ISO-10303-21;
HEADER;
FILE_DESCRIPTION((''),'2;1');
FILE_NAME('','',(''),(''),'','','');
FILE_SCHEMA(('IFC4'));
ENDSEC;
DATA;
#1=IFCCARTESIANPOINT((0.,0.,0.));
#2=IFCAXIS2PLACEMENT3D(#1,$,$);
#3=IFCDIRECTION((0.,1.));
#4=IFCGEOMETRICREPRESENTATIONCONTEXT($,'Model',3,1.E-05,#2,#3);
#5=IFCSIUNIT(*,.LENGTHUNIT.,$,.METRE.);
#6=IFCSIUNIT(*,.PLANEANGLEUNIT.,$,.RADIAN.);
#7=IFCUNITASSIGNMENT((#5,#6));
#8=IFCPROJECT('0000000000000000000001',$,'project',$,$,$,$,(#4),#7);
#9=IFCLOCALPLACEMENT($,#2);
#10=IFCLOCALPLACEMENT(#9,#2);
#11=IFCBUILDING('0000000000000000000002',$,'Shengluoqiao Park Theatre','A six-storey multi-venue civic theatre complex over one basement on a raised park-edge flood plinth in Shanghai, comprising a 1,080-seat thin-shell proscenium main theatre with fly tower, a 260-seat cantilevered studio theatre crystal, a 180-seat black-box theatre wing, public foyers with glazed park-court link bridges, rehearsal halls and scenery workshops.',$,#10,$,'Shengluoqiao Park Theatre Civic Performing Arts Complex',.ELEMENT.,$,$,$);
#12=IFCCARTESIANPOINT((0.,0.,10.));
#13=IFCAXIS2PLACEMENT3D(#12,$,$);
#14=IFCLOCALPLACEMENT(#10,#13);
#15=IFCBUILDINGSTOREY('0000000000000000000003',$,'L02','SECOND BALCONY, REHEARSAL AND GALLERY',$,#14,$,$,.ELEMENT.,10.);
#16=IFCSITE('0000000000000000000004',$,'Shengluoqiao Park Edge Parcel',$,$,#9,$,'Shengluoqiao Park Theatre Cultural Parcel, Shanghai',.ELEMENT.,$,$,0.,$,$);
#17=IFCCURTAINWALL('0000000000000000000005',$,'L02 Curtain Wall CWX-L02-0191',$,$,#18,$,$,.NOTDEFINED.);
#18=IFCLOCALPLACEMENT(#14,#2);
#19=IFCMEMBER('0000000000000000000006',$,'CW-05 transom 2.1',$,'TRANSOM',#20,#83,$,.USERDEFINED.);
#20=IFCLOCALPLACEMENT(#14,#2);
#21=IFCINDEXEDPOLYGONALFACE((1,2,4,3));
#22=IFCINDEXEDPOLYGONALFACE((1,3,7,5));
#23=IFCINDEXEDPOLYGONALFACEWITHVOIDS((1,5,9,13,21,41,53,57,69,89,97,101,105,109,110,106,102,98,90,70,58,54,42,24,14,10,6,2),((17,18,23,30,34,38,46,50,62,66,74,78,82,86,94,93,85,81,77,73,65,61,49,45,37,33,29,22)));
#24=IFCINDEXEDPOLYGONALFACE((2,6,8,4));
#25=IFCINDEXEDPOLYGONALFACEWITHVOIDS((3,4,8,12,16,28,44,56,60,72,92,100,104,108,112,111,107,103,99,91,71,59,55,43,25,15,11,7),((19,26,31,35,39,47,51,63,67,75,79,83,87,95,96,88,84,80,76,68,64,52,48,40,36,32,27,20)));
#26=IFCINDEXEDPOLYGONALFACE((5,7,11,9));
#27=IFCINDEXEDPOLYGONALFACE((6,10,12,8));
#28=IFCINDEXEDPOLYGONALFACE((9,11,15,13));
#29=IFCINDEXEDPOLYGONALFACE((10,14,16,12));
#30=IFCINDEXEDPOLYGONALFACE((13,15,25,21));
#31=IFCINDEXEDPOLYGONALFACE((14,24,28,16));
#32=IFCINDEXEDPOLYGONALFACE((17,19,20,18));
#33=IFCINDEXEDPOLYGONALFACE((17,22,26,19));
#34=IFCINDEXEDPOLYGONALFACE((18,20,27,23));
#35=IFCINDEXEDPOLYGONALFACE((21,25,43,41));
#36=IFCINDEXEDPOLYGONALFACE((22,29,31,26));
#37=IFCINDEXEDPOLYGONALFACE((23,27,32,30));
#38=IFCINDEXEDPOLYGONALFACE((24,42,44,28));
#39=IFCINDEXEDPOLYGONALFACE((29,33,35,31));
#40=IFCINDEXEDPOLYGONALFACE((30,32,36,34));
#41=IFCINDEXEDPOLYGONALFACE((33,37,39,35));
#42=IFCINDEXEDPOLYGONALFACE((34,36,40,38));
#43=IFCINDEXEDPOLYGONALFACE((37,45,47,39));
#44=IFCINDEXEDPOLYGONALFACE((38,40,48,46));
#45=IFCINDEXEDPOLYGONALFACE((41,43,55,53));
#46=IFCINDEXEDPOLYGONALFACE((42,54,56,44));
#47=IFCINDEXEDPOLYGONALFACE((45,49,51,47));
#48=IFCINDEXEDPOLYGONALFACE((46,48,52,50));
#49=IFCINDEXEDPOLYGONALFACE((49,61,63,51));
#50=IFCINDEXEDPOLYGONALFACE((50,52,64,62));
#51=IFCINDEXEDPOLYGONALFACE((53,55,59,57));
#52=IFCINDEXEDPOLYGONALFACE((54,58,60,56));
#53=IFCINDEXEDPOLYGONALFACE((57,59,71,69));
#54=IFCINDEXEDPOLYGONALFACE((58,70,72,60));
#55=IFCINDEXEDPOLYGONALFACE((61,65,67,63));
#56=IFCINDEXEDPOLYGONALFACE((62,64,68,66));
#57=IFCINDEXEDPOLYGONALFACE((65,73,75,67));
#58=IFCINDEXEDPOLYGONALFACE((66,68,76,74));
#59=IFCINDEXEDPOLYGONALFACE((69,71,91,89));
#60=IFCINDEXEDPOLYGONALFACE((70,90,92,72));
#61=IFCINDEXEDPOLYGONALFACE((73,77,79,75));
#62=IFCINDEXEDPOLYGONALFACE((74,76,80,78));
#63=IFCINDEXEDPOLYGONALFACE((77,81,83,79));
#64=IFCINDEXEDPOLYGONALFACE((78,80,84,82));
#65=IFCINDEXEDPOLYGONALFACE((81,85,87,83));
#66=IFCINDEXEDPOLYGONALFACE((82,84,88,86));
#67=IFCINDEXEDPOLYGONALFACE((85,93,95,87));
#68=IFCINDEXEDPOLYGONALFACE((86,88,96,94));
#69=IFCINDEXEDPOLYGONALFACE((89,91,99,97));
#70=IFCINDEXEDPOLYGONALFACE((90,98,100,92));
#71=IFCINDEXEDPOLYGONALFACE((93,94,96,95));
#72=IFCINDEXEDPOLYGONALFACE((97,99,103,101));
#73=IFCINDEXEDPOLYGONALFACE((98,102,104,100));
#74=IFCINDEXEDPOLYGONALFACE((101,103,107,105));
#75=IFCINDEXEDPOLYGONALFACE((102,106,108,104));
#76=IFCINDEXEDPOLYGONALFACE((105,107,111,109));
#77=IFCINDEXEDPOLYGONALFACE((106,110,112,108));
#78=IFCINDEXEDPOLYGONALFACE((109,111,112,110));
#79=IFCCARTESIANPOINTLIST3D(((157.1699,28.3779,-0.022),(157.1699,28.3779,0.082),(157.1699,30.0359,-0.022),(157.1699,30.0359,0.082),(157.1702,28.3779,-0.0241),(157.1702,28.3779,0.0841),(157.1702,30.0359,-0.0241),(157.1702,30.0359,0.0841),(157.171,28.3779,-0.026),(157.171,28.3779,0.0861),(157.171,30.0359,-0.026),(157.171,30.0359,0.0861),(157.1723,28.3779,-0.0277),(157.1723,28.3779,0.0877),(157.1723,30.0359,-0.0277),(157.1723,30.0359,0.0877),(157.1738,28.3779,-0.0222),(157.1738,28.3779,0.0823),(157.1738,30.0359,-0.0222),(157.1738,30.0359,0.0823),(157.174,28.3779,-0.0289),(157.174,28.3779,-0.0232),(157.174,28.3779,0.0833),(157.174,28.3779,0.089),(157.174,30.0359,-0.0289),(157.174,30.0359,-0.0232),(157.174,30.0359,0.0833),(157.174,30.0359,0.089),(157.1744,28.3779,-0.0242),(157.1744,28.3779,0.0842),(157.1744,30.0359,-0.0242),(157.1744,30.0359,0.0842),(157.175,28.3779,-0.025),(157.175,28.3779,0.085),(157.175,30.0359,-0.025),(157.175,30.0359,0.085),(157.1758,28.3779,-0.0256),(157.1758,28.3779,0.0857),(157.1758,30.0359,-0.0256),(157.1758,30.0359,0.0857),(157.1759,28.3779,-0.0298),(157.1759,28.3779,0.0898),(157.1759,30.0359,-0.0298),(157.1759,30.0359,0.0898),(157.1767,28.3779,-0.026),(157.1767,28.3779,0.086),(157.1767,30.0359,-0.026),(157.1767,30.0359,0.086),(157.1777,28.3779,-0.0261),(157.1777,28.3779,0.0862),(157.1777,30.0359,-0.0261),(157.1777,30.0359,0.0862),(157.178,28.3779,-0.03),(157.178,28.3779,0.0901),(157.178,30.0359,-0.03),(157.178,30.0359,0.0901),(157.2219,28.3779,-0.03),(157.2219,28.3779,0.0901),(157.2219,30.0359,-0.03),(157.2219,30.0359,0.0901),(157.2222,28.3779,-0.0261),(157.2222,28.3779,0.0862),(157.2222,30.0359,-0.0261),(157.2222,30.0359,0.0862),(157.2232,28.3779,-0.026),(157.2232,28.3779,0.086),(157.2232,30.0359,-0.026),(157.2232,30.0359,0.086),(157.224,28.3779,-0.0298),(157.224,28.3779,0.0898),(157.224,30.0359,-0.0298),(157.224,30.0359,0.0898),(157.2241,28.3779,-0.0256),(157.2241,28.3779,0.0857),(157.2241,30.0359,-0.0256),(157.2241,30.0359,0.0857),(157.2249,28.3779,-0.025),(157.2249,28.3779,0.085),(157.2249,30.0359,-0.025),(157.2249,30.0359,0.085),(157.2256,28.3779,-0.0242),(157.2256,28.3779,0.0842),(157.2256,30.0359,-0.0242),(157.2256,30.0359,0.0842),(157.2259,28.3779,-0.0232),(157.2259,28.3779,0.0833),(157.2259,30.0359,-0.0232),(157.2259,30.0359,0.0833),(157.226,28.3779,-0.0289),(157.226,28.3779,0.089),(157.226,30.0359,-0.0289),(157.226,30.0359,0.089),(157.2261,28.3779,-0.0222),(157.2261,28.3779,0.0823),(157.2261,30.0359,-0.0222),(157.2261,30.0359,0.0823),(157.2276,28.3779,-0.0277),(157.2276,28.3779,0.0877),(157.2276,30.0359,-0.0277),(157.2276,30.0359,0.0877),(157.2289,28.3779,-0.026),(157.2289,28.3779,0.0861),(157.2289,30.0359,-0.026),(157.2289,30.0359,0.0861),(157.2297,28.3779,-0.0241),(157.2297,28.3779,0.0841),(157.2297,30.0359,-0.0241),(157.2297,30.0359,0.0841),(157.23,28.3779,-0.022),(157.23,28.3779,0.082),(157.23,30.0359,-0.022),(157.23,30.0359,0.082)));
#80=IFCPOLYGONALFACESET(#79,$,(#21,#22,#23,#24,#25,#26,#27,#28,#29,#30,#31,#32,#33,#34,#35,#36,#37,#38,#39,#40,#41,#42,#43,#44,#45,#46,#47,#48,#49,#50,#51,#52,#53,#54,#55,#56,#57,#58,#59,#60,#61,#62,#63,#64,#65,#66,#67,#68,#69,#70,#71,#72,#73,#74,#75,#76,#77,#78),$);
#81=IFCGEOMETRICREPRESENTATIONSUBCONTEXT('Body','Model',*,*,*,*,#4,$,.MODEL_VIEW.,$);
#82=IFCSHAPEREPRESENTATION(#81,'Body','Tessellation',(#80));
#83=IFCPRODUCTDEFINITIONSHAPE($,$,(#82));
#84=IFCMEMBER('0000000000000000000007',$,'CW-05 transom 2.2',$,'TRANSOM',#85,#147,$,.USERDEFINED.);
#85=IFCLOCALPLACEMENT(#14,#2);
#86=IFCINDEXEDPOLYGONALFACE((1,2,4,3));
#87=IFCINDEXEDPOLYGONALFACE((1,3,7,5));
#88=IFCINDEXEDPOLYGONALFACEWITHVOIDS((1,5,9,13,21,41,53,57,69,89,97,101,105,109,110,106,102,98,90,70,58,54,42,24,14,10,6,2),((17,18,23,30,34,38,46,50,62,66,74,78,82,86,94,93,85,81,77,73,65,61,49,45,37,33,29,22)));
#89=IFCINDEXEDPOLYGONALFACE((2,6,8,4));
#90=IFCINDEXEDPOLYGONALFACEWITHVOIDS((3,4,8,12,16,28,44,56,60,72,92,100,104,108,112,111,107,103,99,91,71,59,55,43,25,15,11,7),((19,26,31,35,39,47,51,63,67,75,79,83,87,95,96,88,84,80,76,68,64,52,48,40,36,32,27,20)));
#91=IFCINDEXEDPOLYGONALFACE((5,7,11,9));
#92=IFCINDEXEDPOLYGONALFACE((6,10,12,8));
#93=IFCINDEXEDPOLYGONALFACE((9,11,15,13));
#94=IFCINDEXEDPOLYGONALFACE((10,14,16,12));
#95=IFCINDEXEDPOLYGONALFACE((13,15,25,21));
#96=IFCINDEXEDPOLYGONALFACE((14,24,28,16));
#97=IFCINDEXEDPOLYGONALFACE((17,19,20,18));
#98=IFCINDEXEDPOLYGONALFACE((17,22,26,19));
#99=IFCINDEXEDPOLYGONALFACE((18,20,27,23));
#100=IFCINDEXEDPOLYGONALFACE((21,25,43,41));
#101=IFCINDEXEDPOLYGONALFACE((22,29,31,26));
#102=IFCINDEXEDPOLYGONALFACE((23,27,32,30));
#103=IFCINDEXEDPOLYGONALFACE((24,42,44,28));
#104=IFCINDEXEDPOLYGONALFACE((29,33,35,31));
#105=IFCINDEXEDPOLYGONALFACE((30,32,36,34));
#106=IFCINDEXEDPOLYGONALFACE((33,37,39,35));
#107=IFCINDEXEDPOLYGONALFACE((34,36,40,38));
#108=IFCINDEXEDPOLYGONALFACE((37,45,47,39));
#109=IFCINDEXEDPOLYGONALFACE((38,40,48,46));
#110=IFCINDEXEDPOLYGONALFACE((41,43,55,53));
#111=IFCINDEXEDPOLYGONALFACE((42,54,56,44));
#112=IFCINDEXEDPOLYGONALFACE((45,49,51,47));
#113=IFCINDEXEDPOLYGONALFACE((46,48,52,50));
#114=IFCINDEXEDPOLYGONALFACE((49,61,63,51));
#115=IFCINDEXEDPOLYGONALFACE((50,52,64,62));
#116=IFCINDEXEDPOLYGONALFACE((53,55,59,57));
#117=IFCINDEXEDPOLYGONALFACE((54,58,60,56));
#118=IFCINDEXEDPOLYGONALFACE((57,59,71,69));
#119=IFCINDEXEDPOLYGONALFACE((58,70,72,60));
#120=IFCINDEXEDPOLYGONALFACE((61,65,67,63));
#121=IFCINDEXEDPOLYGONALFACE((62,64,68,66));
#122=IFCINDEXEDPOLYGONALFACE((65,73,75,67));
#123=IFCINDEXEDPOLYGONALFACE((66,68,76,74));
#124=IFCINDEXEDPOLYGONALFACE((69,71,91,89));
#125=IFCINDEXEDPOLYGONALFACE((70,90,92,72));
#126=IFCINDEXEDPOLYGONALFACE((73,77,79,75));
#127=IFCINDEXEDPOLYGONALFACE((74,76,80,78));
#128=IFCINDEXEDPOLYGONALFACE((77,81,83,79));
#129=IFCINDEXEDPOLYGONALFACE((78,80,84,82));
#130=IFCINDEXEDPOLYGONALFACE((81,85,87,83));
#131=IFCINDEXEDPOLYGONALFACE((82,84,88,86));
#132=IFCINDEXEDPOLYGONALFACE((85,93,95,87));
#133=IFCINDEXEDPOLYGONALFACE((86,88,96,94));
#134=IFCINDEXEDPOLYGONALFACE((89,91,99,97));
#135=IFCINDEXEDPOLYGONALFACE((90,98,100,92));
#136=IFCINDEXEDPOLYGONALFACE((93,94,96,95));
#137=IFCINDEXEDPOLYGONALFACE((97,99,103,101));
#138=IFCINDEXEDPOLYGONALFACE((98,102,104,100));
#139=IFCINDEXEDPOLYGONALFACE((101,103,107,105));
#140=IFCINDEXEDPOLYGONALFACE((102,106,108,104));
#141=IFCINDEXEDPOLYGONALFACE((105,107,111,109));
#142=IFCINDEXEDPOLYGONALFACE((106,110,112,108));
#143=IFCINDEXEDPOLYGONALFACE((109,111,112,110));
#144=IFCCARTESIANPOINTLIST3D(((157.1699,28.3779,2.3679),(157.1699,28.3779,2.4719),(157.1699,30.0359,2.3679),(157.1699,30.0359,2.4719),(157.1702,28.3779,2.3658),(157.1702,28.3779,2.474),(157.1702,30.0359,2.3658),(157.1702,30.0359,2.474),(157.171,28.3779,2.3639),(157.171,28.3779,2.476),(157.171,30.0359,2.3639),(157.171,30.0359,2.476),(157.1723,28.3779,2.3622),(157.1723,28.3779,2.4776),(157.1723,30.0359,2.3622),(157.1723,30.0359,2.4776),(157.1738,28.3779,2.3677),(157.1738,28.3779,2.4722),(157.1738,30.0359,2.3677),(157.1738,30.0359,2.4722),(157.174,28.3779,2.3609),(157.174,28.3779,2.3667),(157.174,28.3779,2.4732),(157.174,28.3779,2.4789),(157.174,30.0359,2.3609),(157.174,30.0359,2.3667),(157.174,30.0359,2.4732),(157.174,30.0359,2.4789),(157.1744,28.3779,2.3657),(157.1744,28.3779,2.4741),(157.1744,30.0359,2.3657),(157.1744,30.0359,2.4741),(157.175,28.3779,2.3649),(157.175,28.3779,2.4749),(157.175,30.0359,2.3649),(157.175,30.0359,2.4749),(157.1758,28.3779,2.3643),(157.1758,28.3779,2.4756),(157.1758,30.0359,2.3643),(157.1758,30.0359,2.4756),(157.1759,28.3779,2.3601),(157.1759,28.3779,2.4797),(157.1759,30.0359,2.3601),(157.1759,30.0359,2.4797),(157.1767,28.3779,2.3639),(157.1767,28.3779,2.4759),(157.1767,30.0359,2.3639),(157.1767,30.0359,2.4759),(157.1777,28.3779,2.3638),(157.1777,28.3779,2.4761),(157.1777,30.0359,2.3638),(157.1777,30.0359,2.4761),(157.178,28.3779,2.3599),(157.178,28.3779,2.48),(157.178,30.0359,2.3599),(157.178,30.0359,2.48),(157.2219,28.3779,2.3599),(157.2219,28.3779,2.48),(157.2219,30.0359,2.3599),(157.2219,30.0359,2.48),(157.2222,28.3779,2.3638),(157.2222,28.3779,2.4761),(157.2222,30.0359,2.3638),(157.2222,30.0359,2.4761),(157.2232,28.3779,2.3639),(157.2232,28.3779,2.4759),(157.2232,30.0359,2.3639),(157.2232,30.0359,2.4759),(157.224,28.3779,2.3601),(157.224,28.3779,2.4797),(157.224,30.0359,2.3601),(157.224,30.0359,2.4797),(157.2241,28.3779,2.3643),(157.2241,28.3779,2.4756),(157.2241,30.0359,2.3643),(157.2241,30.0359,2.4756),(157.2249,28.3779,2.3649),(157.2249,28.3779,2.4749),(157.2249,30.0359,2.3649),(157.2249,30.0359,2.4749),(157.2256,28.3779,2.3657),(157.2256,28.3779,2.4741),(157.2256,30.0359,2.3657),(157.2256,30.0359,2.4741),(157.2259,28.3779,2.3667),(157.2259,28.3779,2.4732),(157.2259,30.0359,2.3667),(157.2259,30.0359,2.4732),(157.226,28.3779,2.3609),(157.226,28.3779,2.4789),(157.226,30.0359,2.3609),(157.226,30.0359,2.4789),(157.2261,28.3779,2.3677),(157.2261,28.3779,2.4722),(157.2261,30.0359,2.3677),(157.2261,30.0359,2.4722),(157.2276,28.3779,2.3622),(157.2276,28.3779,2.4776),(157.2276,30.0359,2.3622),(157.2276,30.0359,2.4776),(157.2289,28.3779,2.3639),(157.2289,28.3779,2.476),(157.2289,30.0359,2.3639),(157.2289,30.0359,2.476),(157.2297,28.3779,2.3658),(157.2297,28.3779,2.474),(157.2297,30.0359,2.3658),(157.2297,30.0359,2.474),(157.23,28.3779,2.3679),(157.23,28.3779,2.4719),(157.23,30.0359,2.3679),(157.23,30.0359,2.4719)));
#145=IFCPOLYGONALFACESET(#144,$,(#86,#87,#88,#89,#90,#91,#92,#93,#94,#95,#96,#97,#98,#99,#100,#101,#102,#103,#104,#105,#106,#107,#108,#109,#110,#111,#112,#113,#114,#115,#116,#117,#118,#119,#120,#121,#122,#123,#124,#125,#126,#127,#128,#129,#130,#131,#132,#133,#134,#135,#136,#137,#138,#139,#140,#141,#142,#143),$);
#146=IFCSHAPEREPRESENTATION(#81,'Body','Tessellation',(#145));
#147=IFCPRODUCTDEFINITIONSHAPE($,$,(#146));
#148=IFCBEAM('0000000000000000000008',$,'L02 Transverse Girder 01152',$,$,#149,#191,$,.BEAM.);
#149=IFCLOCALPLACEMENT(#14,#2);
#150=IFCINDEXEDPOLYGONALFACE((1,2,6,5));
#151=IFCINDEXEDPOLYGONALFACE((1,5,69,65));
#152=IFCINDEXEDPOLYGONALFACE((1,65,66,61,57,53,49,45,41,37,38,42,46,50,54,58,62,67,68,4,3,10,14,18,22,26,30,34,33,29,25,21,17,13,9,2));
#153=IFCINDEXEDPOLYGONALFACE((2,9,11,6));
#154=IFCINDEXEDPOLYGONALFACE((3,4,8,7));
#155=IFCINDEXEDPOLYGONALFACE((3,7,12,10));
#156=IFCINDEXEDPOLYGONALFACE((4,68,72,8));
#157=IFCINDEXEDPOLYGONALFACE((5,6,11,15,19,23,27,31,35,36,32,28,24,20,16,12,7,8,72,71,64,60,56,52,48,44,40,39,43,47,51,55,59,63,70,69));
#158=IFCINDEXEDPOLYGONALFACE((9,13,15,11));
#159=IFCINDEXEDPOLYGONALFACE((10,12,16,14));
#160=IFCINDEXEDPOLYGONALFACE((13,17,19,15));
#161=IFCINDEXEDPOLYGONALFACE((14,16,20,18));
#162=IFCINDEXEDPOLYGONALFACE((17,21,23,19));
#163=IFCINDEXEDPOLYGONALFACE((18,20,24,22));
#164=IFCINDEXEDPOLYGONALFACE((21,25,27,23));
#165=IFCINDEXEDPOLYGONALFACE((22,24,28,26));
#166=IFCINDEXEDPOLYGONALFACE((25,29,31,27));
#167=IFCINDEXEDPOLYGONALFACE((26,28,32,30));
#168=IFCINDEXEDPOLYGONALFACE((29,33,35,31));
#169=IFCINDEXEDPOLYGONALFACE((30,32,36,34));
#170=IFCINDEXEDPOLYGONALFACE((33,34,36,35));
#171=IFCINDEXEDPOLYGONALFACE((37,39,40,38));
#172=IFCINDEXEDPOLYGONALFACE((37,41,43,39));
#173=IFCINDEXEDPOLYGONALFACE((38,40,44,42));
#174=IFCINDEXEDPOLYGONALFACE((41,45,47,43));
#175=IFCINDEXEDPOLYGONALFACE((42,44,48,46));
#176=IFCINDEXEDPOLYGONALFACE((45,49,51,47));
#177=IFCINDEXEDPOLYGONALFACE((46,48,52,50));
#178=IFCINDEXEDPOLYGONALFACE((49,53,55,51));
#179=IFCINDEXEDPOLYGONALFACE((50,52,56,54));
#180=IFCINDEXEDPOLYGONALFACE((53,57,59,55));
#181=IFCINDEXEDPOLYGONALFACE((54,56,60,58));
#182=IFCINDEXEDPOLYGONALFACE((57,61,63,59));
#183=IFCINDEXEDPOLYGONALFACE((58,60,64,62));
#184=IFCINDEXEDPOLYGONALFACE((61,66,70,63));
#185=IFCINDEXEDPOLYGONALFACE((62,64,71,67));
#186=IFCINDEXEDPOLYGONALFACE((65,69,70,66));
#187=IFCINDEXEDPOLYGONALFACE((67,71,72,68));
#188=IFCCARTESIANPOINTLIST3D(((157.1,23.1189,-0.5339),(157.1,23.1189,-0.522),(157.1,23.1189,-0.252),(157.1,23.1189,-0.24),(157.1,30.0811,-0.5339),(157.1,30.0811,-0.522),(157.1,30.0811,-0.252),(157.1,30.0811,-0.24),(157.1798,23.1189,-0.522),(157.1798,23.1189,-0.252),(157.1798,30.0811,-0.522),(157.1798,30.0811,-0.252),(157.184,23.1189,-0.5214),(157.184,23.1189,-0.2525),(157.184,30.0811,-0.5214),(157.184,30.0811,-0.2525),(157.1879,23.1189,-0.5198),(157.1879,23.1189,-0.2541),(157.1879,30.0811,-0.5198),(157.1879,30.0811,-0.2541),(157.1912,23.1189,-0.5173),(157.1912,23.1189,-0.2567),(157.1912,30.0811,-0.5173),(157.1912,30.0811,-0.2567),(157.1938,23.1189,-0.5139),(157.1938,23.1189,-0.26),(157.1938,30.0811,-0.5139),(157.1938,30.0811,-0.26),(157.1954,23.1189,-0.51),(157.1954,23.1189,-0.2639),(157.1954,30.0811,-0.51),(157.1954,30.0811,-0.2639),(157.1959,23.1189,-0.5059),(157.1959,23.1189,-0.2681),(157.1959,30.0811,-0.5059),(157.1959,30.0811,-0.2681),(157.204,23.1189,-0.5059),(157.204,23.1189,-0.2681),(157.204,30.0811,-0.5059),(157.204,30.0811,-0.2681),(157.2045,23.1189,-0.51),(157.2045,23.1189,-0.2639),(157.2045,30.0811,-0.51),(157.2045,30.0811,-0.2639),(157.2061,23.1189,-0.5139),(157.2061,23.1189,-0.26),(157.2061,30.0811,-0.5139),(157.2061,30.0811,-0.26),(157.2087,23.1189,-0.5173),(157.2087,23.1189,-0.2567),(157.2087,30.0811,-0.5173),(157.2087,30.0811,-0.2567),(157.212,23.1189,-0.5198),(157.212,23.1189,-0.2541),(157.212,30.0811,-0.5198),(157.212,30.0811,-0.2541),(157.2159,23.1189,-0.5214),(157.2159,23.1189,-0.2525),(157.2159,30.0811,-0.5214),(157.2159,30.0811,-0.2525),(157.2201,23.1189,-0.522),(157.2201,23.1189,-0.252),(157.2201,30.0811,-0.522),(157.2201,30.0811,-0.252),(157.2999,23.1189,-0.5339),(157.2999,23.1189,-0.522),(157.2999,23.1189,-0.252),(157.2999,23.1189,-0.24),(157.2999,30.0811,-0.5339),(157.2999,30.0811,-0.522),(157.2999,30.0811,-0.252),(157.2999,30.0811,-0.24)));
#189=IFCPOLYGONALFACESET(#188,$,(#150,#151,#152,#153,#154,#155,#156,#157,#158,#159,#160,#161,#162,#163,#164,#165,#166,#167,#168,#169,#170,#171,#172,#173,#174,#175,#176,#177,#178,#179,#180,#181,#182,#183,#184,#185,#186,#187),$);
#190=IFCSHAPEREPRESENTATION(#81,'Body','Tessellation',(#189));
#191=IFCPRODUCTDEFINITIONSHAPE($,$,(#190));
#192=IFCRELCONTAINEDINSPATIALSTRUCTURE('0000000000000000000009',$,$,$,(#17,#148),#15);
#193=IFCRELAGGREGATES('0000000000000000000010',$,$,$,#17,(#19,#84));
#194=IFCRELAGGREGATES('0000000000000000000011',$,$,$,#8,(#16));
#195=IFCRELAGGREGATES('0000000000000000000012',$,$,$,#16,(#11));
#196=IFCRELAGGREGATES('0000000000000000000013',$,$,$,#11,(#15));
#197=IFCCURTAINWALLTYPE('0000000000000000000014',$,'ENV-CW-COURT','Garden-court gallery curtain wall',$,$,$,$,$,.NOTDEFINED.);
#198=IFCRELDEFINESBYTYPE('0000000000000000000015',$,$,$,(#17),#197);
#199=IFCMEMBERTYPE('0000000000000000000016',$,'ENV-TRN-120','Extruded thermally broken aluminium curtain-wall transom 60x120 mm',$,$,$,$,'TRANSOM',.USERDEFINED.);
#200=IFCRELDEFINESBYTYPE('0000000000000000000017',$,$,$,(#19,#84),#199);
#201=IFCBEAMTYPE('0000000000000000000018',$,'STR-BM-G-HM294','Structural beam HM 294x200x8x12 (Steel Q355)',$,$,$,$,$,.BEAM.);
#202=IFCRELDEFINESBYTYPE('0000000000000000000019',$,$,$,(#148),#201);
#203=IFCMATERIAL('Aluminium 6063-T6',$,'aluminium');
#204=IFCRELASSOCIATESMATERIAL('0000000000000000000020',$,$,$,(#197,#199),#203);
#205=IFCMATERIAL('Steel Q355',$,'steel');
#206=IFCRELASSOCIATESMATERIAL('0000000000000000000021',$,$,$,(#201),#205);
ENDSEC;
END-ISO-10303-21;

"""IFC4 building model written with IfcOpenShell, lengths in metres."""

from ifc_helpers import new_model, si_unit, direction, frame, origin, origin_2d, place, context, subcontext, project, spatial, hollow_rectangle, i_section, extrude, material, material_profile, profile_set, type_object, element, aggregate, save


model = new_model("IFC4")

# Units and contexts
model_context = context("Model", 3, precision=1e-05, world=origin(), true_north=direction((0.0, 1.0)))
body_context = subcontext(model_context, "Body", "Model", "MODEL_VIEW")
ifc_project = project(units=[si_unit("LENGTHUNIT", "METRE"), si_unit("PLANEANGLEUNIT", "RADIAN")], contexts=[model_context])

# Site, building, storey
site_placement = place(None, origin())
site = spatial("IfcSite", under=ifc_project, at=site_placement, Name="Shengluoqiao Park Edge Parcel", LongName="Shengluoqiao Park Theatre Cultural Parcel, Shanghai", CompositionType="ELEMENT", RefElevation=0.0)
building_placement = place(site_placement, origin())
building = spatial("IfcBuilding", under=site, at=building_placement, Name="Shengluoqiao Park Theatre", Description="A six-storey multi-venue civic theatre complex over one basement on a raised park-edge flood plinth in Shanghai, comprising a 1,080-seat thin-shell proscenium main theatre with fly tower, a 260-seat cantilevered studio theatre crystal, a 180-seat black-box theatre wing, public foyers with glazed park-court link bridges, rehearsal halls and scenery workshops.", LongName="Shengluoqiao Park Theatre Civic Performing Arts Complex", CompositionType="ELEMENT")
storey_placement = place(building_placement, frame((0.0, 0.0, 10.0)))
storey = spatial("IfcBuildingStorey", under=building, at=storey_placement, Name="L02", Description="SECOND BALCONY, REHEARSAL AND GALLERY", CompositionType="ELEMENT", Elevation=10.0)

# Curtain wall
ifc_material_1 = material(Name="Aluminium 6063-T6", Category="aluminium")
curtain_wall_type = type_object("IfcCurtainWallType", Name="ENV-CW-COURT", Description="Garden-court gallery curtain wall", PredefinedType="NOTDEFINED", material=ifc_material_1)
curtain_wall_1_placement = place(storey_placement, origin())
curtain_wall_1 = element("IfcCurtainWall", 1, at=curtain_wall_1_placement, inside=storey, type_object=curtain_wall_type, Name="L02 Curtain Wall CWX-L02-0191", PredefinedType="NOTDEFINED")

# Members
ifc_material_profile_1 = material_profile(ifc_material_1, hollow_rectangle(XDim=0.0601, YDim=0.1201, WallThickness=0.0039, InnerFilletRadius=0.0039, OuterFilletRadius=0.0081, at=origin_2d()), Name="ALU TRANSOM 120x60x4")
ifc_profile_set_1 = profile_set([ifc_material_profile_1], Name="Aluminium 6063-T6")
member_type_1 = type_object("IfcMemberType", Name="ENV-TRN-120", Description="Extruded thermally broken aluminium curtain-wall transom 60x120 mm", ElementType="TRANSOM", PredefinedType="USERDEFINED", material=ifc_profile_set_1)
member_1_placement = place(storey_placement, frame((157.2, 28.3779, 0.03), z_axis=(0.0, 1.0, 0.0), x_axis=(-1.0, 0.0, 0.0)))
member_1 = element("IfcMember", 2, at=member_1_placement, type_object=member_type_1, Name="CW-05 transom 2.1", ObjectType="TRANSOM", PredefinedType="USERDEFINED", context=body_context, shape_type="SweptSolid", body=[
    extrude(hollow_rectangle(XDim=0.0601, YDim=0.1201, WallThickness=0.0039, InnerFilletRadius=0.0039, OuterFilletRadius=0.0081, at=origin_2d()), origin(), (0.0, 0.0, 1.0), 1.658),
])
member_2_placement = place(storey_placement, frame((157.2, 28.3779, 2.4199), z_axis=(0.0, 1.0, 0.0), x_axis=(-1.0, 0.0, 0.0)))
member_2 = element("IfcMember", 3, at=member_2_placement, type_object=member_type_1, Name="CW-05 transom 2.2", ObjectType="TRANSOM", PredefinedType="USERDEFINED", context=body_context, shape_type="SweptSolid", body=[
    extrude(hollow_rectangle(XDim=0.0601, YDim=0.1201, WallThickness=0.0039, InnerFilletRadius=0.0039, OuterFilletRadius=0.0081, at=origin_2d()), origin(), (0.0, 0.0, 1.0), 1.658),
])

# Beam
ifc_material_2 = material(Name="Steel Q355", Category="steel")
ifc_material_profile_2 = material_profile(ifc_material_2, i_section(OverallWidth=0.2, OverallDepth=0.2939, WebThickness=0.0081, FlangeThickness=0.012, FilletRadius=0.0161, at=origin_2d()), Name="HM 294x200x8x12")
ifc_profile_set_2 = profile_set([ifc_material_profile_2], Name="Steel Q355")
beam_type = type_object("IfcBeamType", Name="STR-BM-G-HM294", Description="Structural beam HM 294x200x8x12 (Steel Q355)", PredefinedType="BEAM", material=ifc_profile_set_2)
beam_placement = place(storey_placement, frame((157.2, 23.1189, -0.387), z_axis=(0.0, 1.0, 0.0), x_axis=(-1.0, 0.0, 0.0)))
element("IfcBeam", 4, at=beam_placement, inside=storey, type_object=beam_type, Name="L02 Transverse Girder 01152", PredefinedType="BEAM", context=body_context, shape_type="SweptSolid", body=[
    extrude(i_section(OverallWidth=0.2, OverallDepth=0.2939, WebThickness=0.0081, FlangeThickness=0.012, FilletRadius=0.0161, at=origin_2d()), origin(), (0.0, 0.0, 1.0), 6.9622),
])

aggregate(curtain_wall_1, [member_1, member_2])

save(model, "model.ifc")
